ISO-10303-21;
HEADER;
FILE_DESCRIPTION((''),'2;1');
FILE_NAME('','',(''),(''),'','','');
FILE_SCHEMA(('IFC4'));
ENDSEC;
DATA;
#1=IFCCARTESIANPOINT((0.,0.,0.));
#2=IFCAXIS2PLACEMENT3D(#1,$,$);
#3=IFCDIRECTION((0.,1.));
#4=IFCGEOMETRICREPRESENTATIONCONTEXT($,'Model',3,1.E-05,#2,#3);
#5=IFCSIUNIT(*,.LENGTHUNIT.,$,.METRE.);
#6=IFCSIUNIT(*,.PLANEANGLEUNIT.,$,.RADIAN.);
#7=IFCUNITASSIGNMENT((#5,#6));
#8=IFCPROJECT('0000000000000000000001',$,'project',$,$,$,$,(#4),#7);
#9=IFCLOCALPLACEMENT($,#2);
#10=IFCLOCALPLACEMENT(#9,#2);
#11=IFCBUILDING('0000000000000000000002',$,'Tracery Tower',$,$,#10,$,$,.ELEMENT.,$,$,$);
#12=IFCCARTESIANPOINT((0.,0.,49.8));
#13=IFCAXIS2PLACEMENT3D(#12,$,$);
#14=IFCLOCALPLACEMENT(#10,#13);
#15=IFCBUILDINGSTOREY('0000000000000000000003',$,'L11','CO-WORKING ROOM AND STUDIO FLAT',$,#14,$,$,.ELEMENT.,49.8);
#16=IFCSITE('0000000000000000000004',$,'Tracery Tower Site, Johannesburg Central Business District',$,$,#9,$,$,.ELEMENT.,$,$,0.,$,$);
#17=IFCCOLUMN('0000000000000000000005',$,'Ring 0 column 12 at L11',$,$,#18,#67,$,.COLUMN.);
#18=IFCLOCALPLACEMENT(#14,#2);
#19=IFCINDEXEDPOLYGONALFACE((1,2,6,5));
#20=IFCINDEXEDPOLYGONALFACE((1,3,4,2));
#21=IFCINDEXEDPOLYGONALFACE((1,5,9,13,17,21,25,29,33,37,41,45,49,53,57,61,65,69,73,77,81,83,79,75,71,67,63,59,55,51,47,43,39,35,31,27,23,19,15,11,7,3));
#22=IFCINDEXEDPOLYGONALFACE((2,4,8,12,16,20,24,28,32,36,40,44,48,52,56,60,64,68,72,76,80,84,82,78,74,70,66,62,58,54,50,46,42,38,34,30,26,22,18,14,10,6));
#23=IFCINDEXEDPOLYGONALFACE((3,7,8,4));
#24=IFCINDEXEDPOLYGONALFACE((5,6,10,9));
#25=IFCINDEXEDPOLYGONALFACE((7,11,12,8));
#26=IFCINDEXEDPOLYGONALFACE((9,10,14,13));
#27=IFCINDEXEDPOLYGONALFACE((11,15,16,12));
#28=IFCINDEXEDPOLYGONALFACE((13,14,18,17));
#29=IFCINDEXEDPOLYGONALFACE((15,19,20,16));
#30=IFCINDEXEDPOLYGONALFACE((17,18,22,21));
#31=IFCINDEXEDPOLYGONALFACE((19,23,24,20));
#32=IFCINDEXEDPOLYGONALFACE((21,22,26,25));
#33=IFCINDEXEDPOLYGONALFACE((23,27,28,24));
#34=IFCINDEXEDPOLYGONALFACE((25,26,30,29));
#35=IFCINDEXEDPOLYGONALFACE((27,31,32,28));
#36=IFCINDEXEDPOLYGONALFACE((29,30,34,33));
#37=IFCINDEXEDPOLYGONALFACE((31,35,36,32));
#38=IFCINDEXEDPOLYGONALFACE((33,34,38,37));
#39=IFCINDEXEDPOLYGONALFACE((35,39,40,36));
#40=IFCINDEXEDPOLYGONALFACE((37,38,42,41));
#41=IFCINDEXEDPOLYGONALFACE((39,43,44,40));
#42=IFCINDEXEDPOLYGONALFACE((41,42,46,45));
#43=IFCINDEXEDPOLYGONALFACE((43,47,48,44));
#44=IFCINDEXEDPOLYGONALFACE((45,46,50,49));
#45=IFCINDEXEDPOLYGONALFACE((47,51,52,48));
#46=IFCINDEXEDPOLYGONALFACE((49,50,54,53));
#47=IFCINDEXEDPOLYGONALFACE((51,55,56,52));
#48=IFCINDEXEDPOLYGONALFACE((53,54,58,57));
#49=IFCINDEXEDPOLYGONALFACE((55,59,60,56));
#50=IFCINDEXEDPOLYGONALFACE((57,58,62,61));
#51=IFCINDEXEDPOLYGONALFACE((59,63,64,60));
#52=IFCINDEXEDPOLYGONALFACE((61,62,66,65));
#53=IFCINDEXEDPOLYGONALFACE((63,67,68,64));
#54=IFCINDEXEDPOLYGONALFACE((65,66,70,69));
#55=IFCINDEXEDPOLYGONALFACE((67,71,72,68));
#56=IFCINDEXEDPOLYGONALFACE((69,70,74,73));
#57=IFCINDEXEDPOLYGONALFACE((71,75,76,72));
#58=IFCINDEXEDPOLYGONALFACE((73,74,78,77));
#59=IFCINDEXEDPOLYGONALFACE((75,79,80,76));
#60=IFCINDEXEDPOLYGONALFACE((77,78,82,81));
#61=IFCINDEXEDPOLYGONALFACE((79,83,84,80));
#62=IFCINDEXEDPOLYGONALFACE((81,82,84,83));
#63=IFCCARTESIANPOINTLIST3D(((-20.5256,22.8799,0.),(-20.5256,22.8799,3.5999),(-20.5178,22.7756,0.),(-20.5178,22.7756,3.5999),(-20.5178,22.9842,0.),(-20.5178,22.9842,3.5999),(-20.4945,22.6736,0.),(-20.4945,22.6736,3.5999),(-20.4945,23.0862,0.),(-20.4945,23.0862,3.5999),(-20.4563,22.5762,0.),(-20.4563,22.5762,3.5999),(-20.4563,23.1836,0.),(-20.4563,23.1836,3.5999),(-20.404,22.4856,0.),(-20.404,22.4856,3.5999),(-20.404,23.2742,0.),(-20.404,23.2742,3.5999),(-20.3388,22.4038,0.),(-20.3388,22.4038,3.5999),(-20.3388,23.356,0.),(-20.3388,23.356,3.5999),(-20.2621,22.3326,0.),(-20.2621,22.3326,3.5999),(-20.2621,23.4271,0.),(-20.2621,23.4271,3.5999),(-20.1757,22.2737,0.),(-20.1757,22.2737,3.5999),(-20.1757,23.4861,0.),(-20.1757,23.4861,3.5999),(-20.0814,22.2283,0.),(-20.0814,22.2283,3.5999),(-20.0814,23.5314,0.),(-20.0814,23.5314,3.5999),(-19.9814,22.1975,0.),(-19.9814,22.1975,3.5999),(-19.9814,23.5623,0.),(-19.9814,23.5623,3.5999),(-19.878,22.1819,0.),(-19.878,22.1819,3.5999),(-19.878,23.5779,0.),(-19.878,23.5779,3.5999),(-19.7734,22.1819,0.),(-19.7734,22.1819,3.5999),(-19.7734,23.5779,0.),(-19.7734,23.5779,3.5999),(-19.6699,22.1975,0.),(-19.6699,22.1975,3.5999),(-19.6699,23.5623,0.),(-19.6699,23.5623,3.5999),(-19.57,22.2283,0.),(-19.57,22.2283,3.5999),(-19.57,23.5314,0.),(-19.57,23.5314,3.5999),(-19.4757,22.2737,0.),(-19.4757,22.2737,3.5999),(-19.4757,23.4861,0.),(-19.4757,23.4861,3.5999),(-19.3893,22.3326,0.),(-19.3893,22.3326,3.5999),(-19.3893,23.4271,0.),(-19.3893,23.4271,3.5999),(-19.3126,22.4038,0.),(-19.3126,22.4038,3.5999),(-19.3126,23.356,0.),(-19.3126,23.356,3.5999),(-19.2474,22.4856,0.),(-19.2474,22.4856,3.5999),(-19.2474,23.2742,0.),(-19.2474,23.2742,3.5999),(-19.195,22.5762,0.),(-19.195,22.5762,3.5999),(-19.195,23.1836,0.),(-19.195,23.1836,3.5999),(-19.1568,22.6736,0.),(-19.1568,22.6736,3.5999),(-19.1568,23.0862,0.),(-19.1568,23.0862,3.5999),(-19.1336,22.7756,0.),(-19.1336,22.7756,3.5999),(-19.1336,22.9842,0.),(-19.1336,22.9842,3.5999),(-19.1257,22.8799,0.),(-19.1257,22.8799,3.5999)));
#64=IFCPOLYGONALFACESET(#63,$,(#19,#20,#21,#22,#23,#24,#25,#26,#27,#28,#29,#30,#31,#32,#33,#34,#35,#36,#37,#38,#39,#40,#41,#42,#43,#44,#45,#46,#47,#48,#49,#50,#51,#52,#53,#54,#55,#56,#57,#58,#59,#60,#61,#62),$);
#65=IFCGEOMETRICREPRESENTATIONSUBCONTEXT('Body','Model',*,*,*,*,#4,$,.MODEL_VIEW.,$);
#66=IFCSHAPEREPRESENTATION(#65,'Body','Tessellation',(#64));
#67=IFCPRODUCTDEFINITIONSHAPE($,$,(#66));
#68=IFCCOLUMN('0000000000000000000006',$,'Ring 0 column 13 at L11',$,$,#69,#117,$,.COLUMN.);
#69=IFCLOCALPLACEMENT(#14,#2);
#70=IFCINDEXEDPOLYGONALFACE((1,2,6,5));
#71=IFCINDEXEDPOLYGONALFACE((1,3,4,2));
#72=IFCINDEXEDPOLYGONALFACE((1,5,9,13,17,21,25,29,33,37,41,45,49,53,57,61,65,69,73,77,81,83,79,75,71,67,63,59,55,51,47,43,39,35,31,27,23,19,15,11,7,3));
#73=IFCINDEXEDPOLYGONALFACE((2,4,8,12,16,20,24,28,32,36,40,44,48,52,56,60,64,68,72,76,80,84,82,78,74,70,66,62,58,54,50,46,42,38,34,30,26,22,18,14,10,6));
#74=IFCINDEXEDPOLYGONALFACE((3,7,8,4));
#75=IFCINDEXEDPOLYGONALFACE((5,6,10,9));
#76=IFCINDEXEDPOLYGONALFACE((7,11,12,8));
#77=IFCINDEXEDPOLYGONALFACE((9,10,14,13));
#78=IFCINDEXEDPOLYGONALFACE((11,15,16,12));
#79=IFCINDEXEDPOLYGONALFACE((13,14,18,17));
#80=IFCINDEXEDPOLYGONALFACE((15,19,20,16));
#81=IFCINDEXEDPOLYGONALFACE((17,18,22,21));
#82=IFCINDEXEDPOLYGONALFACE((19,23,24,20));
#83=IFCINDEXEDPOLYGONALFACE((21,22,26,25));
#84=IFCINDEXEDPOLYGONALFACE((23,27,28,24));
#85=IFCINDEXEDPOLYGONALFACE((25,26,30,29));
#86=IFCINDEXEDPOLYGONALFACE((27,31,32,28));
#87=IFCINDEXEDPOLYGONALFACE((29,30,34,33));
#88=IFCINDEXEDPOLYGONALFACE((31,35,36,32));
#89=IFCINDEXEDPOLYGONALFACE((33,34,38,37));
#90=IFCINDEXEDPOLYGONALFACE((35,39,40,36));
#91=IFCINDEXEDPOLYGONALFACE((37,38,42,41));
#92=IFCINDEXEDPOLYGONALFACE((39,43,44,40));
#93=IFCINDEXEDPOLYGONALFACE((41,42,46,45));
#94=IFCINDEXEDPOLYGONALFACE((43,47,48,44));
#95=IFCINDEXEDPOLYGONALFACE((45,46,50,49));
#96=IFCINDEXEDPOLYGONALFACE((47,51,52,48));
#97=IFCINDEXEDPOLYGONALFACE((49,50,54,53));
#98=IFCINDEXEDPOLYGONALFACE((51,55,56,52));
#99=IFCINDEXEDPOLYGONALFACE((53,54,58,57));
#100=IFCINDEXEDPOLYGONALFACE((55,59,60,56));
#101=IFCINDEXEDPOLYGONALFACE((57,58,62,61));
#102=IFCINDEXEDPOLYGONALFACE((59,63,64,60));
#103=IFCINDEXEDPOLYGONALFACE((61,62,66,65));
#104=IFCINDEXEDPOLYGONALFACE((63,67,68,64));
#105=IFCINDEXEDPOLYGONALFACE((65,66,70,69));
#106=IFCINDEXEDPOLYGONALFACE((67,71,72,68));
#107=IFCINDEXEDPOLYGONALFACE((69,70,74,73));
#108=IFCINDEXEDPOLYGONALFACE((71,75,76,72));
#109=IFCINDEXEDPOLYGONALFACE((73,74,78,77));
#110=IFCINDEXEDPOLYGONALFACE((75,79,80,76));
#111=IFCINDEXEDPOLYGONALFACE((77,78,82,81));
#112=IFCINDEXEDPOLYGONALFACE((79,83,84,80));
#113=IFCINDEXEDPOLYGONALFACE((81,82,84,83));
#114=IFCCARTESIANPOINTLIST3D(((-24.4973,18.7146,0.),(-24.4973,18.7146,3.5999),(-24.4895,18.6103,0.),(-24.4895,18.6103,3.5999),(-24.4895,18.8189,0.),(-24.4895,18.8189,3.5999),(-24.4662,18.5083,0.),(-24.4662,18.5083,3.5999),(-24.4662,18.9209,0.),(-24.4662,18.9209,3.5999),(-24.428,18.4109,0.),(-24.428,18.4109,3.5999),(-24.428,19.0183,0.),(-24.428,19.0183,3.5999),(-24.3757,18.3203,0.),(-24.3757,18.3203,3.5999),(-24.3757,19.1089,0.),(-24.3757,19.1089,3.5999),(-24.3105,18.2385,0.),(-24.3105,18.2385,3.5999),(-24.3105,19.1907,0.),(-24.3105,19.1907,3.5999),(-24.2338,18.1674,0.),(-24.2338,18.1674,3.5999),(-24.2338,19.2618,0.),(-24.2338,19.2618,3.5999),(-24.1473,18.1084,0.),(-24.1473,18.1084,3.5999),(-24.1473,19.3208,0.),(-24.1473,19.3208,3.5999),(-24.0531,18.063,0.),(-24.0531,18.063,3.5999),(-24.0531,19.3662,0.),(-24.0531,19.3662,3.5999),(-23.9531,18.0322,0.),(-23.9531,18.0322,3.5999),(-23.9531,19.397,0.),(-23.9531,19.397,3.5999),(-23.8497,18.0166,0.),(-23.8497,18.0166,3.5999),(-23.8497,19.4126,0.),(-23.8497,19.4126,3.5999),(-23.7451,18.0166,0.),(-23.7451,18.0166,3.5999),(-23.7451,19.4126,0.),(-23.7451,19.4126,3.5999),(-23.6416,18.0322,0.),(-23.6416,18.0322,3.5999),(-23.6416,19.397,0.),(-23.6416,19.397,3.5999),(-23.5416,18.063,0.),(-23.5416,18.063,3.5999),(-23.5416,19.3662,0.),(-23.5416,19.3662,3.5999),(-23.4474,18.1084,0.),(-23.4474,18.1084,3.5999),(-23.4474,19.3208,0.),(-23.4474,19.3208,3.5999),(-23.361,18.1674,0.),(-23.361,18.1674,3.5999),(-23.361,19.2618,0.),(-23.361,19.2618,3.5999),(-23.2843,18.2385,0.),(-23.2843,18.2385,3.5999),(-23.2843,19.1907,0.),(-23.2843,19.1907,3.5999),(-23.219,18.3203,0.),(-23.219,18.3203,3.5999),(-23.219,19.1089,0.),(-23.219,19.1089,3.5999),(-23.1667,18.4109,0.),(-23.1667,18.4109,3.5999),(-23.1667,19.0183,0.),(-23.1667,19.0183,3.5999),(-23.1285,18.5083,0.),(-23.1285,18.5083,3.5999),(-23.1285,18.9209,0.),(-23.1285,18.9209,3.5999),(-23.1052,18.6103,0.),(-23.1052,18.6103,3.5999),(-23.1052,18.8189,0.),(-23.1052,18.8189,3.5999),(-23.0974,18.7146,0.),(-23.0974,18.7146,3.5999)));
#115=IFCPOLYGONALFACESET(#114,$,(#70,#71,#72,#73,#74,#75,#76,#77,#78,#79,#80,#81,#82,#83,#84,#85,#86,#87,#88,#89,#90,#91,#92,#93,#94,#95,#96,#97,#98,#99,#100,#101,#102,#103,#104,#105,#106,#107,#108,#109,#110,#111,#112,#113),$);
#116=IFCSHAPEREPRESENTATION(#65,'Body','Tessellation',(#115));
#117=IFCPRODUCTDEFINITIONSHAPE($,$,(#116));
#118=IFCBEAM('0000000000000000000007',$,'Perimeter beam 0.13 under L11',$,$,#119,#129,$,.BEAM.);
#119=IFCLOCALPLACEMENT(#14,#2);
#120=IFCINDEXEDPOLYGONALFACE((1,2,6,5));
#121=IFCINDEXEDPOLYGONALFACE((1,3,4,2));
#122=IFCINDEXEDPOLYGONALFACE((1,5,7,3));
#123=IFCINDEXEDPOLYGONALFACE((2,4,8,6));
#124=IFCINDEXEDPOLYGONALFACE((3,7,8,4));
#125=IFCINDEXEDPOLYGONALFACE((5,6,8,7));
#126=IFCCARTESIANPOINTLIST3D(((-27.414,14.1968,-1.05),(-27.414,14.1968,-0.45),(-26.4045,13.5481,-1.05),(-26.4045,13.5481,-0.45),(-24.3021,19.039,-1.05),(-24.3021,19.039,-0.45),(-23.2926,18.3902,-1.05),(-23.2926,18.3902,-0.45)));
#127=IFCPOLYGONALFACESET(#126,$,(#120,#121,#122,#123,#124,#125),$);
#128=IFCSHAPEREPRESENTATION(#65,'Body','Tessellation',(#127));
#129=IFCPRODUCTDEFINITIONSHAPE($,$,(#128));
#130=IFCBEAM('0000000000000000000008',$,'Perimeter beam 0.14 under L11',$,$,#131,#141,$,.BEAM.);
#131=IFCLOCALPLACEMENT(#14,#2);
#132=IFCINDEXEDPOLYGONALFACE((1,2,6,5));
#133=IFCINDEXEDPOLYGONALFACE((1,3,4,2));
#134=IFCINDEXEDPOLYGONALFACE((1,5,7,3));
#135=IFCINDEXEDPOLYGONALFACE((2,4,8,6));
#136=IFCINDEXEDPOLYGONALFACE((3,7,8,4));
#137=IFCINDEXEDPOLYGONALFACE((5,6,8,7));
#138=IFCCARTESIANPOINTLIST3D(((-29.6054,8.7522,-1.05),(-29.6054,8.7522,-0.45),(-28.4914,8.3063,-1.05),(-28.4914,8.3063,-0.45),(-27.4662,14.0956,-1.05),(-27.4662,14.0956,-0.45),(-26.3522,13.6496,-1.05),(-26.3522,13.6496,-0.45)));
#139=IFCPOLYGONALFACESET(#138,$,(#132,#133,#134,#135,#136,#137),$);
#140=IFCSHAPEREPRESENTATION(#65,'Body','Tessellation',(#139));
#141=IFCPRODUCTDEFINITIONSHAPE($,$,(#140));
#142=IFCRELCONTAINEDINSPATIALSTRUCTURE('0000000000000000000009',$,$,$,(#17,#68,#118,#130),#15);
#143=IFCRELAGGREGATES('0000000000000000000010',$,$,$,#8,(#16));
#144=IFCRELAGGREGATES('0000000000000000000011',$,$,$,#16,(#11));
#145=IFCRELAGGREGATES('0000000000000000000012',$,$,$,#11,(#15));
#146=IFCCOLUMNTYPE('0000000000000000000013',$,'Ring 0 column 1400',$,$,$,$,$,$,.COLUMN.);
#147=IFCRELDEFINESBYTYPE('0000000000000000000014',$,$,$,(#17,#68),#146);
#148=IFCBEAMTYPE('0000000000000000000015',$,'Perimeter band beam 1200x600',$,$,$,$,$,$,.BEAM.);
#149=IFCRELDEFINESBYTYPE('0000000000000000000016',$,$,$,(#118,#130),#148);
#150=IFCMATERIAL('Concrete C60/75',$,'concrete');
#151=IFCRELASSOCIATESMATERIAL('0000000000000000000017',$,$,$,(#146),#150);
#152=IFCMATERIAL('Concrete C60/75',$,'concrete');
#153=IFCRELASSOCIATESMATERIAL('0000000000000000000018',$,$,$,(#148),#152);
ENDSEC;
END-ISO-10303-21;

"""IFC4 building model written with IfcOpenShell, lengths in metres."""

from ifc_helpers import new_model, si_unit, direction, frame, origin, origin_2d, place, context, subcontext, project, spatial, rectangle, circle, extrude, material, material_profile, profile_set, type_object, element, save


model = new_model("IFC4")

# Units and contexts
model_context = context("Model", 3, precision=1e-05, world=origin(), true_north=direction((0.0, 1.0)))
body_context = subcontext(model_context, "Body", "Model", "MODEL_VIEW")
ifc_project = project(units=[si_unit("LENGTHUNIT", "METRE"), si_unit("PLANEANGLEUNIT", "RADIAN")], contexts=[model_context])

# Site, building, storey
site_placement = place(None, origin())
site = spatial("IfcSite", under=ifc_project, at=site_placement, Name="Tracery Tower Site, Johannesburg Central Business District", CompositionType="ELEMENT", RefElevation=0.0)
building_placement = place(site_placement, origin())
building = spatial("IfcBuilding", under=site, at=building_placement, Name="Tracery Tower", CompositionType="ELEMENT")
storey_placement = place(building_placement, frame((0.0, 0.0, 49.8)))
storey = spatial("IfcBuildingStorey", under=building, at=storey_placement, Name="L11", Description="CO-WORKING ROOM AND STUDIO FLAT", CompositionType="ELEMENT", Elevation=49.8)

# Columns
ifc_material_1 = material(Name="Concrete C60/75", Category="concrete")
ifc_material_profile_1 = material_profile(ifc_material_1, circle(Radius=0.7, at=origin_2d()), Name="RC D1400")
ifc_profile_set_1 = profile_set([ifc_material_profile_1], Name="Concrete C60/75")
column_type = type_object("IfcColumnType", Name="Ring 0 column 1400", PredefinedType="COLUMN", material=ifc_profile_set_1)
for number, where, z_axis, x_axis, name in (
    (1, (-19.8257, 22.8799, 0.0), (0.0, 0.0, 1.0), (1.0, 0.0, 0.0), "Ring 0 column 12 at L11"),
    (2, (-23.7974, 18.7146, 0.0), (0.0, 0.0, 1.0), (1.0, 0.0, 0.0), "Ring 0 column 13 at L11"),
):
    element("IfcColumn", number, at=place(storey_placement, frame(where, z_axis=z_axis, x_axis=x_axis)), inside=storey, type_object=column_type, Name=name, PredefinedType="COLUMN", context=body_context, shape_type="SweptSolid", body=[
        extrude(circle(Radius=0.7, at=origin_2d()), origin(), (0.0, 0.0, 1.0), 3.5999),
    ])

# Beams
ifc_material_2 = material(Name="Concrete C60/75", Category="concrete")
ifc_material_profile_2 = material_profile(ifc_material_2, rectangle(XDim=1.2, YDim=0.6001, at=origin_2d()), Name="RC 1200x600")
ifc_profile_set_2 = profile_set([ifc_material_profile_2], Name="Concrete C60/75")
beam_type = type_object("IfcBeamType", Name="Perimeter band beam 1200x600", PredefinedType="BEAM", material=ifc_profile_set_2)
beam_1_placement = place(storey_placement, frame((-23.7974, 18.7146, -0.75), z_axis=(-0.540644, -0.841252, 0.0), x_axis=(0.841252, -0.540644, 0.0)))
element("IfcBeam", 3, at=beam_1_placement, inside=storey, type_object=beam_type, Name="Perimeter beam 0.13 under L11", PredefinedType="BEAM", context=body_context, shape_type="SweptSolid", body=[
    extrude(rectangle(XDim=1.2, YDim=0.6001, at=origin_2d()), origin(), (0.0, 0.0, 1.0), 5.7559),
])
beam_2_placement = place(storey_placement, frame((-26.9092, 13.8726, -0.75), z_axis=(-0.371669, -0.928365, 0.0), x_axis=(0.928365, -0.371669, 0.0)))
element("IfcBeam", 4, at=beam_2_placement, inside=storey, type_object=beam_type, Name="Perimeter beam 0.14 under L11", PredefinedType="BEAM", context=body_context, shape_type="SweptSolid", body=[
    extrude(rectangle(XDim=1.2, YDim=0.6001, at=origin_2d()), origin(), (0.0, 0.0, 1.0), 5.7556),
])

save(model, "model.ifc")
